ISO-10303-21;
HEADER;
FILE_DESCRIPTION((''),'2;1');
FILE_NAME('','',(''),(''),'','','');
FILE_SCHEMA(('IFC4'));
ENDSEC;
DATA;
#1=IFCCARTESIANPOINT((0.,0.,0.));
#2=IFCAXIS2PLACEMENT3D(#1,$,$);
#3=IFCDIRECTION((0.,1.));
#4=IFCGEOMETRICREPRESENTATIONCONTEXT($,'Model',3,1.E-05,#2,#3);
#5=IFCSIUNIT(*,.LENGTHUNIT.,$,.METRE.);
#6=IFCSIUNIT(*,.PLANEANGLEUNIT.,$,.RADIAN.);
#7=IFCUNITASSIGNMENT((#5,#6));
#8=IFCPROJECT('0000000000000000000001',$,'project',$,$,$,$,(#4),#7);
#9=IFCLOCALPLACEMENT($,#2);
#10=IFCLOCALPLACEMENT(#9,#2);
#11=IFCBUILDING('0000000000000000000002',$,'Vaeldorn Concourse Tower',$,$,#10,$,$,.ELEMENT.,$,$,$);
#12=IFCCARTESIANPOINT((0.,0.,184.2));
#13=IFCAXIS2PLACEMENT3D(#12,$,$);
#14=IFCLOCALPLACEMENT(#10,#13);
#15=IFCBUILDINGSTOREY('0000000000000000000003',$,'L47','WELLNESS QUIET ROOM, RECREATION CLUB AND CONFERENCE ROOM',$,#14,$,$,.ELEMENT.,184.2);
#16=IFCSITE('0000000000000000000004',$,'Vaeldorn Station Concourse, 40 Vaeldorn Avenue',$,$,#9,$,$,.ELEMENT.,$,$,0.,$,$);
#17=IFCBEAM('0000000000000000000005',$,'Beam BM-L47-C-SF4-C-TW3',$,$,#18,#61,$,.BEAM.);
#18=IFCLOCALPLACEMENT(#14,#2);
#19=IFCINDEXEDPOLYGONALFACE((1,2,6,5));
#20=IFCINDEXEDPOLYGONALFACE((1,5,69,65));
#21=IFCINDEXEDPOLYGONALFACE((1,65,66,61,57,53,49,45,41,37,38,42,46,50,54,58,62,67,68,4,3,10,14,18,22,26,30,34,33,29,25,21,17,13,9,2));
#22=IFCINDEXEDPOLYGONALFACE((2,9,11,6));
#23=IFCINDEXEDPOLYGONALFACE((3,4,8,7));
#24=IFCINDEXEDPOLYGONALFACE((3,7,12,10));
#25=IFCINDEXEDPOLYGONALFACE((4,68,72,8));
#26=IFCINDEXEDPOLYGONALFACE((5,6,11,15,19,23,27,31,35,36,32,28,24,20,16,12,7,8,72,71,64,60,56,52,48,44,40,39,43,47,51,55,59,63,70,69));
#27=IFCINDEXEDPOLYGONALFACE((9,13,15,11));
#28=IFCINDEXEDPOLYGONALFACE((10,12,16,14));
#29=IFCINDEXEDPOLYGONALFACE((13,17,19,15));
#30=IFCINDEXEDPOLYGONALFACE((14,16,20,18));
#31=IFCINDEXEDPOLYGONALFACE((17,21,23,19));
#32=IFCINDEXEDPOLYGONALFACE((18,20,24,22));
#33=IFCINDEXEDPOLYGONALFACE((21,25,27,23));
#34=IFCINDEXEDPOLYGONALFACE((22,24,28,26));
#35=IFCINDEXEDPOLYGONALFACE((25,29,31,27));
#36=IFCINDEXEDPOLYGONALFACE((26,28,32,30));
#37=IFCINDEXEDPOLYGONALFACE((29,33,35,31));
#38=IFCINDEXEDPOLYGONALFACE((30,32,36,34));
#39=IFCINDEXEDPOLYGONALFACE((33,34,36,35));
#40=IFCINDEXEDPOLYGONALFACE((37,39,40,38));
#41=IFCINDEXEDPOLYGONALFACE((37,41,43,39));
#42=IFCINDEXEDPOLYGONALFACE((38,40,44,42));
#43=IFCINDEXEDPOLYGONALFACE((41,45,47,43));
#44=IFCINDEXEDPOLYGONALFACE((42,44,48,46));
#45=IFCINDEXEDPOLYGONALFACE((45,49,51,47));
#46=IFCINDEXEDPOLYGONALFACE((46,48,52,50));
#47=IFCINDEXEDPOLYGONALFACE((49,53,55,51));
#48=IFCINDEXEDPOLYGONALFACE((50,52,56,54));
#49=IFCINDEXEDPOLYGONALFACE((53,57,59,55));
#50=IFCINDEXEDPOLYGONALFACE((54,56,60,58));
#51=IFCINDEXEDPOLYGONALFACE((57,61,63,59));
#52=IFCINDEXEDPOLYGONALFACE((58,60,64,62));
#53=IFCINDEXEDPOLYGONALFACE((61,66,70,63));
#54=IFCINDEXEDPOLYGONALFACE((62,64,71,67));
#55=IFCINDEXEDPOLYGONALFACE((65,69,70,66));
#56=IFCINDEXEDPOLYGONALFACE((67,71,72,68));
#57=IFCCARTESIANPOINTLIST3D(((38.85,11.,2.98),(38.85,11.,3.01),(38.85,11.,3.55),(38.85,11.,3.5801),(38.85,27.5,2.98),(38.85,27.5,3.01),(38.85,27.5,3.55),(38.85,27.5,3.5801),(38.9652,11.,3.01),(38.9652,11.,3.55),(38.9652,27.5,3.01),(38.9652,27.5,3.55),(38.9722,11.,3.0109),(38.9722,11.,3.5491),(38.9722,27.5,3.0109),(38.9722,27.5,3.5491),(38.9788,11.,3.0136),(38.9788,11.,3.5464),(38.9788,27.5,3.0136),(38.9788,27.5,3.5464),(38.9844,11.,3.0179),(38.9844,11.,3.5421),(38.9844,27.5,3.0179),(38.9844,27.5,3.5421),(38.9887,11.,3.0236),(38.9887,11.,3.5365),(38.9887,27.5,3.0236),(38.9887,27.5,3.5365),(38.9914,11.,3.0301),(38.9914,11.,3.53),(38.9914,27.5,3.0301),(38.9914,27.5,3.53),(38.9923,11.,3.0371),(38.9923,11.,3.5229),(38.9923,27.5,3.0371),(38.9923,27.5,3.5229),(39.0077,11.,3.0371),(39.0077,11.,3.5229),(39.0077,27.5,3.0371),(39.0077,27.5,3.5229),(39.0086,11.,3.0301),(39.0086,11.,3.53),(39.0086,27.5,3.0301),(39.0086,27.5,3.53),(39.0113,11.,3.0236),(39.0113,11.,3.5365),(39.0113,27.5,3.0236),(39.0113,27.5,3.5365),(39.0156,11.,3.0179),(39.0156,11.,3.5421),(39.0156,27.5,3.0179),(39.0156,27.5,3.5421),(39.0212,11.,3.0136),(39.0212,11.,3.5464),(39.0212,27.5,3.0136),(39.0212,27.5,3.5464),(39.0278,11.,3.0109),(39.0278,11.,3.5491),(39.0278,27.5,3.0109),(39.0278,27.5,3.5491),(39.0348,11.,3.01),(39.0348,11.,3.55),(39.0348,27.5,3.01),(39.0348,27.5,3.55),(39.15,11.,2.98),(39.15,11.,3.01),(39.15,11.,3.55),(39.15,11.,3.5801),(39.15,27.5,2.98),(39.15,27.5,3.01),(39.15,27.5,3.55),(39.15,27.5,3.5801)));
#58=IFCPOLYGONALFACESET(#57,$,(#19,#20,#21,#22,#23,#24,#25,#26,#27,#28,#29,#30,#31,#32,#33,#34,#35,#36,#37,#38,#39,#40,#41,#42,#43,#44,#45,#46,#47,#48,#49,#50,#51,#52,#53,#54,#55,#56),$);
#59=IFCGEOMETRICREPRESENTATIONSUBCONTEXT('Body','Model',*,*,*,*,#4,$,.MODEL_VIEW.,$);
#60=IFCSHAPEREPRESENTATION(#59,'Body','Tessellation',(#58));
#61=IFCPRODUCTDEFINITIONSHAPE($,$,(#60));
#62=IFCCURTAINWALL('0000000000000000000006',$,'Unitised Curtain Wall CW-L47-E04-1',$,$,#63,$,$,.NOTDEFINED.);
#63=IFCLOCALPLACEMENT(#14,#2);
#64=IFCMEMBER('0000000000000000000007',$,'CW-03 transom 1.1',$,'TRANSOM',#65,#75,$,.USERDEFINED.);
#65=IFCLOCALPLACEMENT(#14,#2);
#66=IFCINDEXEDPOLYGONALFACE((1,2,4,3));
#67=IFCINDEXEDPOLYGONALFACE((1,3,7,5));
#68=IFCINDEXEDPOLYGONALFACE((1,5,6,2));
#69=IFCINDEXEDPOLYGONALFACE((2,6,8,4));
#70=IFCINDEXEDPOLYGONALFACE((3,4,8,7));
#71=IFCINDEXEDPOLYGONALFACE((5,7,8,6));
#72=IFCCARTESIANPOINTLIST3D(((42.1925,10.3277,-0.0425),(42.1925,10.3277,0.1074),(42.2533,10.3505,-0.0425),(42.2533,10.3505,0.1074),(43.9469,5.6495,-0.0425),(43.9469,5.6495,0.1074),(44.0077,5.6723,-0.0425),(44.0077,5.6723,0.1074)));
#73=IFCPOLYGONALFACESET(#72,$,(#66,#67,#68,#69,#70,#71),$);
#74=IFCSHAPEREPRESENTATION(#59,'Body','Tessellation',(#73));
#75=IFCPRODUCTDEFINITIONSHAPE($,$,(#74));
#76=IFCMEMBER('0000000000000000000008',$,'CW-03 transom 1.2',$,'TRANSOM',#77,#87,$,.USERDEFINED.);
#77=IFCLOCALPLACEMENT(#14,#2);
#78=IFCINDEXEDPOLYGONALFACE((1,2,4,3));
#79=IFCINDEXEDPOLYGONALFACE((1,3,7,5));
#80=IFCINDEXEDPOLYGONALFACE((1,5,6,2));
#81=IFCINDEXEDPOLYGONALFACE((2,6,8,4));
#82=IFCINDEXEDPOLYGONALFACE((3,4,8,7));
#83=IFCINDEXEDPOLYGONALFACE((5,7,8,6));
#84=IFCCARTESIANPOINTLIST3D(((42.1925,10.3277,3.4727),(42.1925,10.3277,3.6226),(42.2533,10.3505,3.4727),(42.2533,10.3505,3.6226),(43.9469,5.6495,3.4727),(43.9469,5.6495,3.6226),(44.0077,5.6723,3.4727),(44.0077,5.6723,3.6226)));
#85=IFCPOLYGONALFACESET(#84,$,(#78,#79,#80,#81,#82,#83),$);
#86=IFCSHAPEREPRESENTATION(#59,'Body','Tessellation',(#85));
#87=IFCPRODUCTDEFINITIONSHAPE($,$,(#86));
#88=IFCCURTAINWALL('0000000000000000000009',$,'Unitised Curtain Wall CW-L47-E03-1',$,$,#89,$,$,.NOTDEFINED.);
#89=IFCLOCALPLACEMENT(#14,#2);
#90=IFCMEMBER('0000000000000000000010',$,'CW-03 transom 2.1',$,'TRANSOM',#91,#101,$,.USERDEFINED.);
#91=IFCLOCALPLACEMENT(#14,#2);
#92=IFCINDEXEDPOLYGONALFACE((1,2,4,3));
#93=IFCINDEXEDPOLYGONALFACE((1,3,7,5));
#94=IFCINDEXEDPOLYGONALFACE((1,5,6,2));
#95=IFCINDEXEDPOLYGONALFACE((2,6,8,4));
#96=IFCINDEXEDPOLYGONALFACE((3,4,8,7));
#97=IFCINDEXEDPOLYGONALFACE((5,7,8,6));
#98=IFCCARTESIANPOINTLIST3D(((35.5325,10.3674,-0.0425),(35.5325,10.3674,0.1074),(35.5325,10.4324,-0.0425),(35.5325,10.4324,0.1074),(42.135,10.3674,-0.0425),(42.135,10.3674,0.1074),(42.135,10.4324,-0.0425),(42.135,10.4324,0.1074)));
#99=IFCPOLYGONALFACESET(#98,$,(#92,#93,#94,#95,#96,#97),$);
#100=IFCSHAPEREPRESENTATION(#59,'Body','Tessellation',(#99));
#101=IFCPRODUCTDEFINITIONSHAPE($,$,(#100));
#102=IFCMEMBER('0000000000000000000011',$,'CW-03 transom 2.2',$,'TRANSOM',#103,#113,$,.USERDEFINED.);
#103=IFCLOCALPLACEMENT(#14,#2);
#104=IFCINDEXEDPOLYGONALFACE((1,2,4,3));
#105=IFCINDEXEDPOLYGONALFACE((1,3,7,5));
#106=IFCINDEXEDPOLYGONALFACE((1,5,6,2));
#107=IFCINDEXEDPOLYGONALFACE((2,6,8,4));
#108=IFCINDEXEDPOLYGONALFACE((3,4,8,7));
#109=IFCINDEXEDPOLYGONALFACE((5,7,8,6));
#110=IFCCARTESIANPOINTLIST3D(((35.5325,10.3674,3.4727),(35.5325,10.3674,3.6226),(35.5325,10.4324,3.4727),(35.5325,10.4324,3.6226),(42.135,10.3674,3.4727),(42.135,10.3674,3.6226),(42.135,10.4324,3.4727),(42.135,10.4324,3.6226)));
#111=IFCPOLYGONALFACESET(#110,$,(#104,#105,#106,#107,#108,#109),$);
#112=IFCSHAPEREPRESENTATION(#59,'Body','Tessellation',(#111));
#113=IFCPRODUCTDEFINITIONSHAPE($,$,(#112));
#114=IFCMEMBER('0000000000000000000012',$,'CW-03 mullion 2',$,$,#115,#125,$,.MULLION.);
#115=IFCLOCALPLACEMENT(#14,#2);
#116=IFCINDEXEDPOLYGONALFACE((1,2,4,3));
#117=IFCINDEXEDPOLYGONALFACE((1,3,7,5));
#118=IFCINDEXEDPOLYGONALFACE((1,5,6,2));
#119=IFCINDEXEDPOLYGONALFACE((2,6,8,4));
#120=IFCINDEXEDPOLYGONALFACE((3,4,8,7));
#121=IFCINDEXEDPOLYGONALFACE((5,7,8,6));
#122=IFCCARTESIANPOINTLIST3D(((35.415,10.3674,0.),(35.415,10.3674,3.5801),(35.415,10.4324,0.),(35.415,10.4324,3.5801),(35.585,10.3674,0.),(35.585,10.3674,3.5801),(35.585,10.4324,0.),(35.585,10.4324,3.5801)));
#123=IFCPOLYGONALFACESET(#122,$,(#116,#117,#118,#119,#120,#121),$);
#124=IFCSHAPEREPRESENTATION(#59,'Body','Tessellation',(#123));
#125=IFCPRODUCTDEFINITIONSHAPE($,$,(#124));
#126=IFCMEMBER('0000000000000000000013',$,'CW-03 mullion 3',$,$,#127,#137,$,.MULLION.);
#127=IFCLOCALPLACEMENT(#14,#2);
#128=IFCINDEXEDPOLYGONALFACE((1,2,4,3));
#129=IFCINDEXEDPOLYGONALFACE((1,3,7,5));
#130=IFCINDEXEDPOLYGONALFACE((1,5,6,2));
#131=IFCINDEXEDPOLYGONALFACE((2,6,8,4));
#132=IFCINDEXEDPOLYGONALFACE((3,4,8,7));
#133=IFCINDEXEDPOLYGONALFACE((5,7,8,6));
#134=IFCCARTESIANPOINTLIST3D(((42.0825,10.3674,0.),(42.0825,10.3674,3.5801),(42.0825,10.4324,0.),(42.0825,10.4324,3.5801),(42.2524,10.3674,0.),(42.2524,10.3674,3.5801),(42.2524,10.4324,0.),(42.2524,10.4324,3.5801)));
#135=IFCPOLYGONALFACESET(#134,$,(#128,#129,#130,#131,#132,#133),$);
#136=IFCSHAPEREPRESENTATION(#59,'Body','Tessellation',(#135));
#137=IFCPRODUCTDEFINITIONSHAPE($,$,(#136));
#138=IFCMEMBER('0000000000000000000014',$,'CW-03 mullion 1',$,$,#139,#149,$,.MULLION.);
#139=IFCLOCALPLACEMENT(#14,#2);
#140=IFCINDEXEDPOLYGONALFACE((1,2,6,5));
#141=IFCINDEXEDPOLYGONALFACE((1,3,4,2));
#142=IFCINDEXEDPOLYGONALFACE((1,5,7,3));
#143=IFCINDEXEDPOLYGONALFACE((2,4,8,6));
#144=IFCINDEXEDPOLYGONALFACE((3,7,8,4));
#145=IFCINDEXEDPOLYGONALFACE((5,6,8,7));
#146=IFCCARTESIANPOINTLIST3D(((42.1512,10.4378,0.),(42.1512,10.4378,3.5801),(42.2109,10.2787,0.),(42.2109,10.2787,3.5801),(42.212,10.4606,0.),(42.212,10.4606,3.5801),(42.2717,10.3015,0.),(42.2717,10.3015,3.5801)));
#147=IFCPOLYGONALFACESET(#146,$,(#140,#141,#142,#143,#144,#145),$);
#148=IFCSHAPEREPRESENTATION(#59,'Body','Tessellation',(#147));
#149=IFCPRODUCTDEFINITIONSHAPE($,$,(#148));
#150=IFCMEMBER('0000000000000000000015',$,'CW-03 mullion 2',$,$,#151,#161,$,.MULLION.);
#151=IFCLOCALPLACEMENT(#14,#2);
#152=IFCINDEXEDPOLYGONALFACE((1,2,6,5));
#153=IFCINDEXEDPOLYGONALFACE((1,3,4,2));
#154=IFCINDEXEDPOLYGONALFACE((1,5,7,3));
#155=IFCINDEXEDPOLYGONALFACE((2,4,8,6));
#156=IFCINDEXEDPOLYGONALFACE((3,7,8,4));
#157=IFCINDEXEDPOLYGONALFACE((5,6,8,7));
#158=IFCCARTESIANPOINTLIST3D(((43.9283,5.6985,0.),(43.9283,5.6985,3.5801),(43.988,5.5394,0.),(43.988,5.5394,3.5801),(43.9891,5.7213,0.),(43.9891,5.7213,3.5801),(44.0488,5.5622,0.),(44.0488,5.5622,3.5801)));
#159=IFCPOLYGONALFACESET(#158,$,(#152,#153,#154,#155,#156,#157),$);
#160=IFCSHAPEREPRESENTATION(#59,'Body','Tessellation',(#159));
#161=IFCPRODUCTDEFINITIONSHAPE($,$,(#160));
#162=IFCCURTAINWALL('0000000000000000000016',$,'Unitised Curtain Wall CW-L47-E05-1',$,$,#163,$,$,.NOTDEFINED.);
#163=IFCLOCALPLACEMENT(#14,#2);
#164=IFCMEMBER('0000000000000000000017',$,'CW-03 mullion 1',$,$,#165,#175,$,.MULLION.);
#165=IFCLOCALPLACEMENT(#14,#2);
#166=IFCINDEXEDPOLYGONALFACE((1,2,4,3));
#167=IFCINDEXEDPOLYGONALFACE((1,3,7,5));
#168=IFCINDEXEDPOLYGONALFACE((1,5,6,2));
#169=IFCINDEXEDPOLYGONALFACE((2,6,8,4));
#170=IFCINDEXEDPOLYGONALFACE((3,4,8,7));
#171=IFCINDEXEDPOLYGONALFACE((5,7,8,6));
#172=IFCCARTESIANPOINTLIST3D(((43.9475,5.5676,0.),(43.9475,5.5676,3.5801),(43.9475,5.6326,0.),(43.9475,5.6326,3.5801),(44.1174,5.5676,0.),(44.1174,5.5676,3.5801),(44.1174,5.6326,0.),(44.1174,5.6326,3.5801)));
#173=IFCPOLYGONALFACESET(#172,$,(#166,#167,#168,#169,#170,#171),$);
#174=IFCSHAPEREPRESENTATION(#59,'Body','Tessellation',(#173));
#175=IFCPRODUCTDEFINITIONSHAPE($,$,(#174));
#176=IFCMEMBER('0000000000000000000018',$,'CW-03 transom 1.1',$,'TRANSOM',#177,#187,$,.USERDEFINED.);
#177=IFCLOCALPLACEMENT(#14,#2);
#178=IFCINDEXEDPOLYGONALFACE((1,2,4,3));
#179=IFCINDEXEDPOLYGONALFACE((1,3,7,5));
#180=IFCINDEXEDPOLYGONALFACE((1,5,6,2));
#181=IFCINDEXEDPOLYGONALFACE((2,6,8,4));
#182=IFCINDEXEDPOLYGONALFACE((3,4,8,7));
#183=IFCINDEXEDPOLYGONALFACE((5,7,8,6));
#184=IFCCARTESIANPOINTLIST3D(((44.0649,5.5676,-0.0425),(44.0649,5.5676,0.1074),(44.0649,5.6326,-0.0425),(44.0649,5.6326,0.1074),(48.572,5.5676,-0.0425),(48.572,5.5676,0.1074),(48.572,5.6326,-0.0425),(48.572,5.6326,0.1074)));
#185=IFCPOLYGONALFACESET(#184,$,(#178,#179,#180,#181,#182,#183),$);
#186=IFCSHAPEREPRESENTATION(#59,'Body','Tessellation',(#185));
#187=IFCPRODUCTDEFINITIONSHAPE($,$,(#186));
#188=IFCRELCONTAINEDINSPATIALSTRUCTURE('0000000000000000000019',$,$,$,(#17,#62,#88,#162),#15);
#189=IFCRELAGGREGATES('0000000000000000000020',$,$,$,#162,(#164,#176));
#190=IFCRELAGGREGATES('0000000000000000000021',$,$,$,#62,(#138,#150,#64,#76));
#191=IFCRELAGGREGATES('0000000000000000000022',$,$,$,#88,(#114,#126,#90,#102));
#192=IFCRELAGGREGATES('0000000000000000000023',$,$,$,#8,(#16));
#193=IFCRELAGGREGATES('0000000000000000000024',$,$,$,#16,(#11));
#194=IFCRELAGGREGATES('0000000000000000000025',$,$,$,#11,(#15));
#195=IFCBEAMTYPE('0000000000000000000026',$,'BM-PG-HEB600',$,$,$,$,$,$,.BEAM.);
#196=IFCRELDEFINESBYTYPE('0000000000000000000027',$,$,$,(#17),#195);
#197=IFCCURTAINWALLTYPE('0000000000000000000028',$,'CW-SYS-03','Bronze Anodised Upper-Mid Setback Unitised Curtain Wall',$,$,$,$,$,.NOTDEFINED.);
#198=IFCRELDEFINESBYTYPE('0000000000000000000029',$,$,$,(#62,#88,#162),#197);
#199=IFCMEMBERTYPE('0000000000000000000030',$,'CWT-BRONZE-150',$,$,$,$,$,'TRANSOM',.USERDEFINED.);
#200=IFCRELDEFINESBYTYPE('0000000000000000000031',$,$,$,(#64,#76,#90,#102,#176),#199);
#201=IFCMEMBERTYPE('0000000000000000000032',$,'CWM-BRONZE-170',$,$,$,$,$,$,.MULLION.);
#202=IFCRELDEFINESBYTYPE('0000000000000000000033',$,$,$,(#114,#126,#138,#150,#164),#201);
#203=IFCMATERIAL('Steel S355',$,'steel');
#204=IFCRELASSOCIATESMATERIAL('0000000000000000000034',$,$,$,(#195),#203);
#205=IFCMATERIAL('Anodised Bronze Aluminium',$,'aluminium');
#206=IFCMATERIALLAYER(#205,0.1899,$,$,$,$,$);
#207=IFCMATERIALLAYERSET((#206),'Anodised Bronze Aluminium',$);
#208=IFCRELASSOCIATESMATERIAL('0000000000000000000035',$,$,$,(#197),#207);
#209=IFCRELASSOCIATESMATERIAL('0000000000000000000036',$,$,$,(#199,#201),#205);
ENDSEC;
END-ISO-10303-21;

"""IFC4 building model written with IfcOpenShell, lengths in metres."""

from ifc_helpers import new_model, si_unit, direction, frame, origin, origin_2d, place, context, subcontext, project, spatial, rectangle, i_section, extrude, source, transform, mapped, material, layer, layer_set, material_profile, profile_set, type_object, element, aggregate, save


model = new_model("IFC4")

# Units and contexts
model_context = context("Model", 3, precision=1e-05, world=origin(), true_north=direction((0.0, 1.0)))
body_context = subcontext(model_context, "Body", "Model", "MODEL_VIEW")
ifc_project = project(units=[si_unit("LENGTHUNIT", "METRE"), si_unit("PLANEANGLEUNIT", "RADIAN")], contexts=[model_context])

# Site, building, storey
site_placement = place(None, origin())
site = spatial("IfcSite", under=ifc_project, at=site_placement, Name="Vaeldorn Station Concourse, 40 Vaeldorn Avenue", CompositionType="ELEMENT", RefElevation=0.0)
building_placement = place(site_placement, origin())
building = spatial("IfcBuilding", under=site, at=building_placement, Name="Vaeldorn Concourse Tower", CompositionType="ELEMENT")
storey_placement = place(building_placement, frame((0.0, 0.0, 184.2)))
storey = spatial("IfcBuildingStorey", under=building, at=storey_placement, Name="L47", Description="WELLNESS QUIET ROOM, RECREATION CLUB AND CONFERENCE ROOM", CompositionType="ELEMENT", Elevation=184.2)

# Shared definitions
ifc_material_1 = material(Name="Steel S355", Category="steel")

# Beam
ifc_material_profile_1 = material_profile(ifc_material_1, i_section(OverallWidth=0.3, OverallDepth=0.6001, WebThickness=0.0154, FlangeThickness=0.03, FilletRadius=0.0271, at=origin_2d()), Name="HEB 600")
ifc_profile_set_1 = profile_set([ifc_material_profile_1], Name="Steel S355")
beam_type_1 = type_object("IfcBeamType", Name="BM-PG-HEB600", PredefinedType="BEAM", material=ifc_profile_set_1)
shared_shape_1 = source(origin(), body_context, "Body", "SweptSolid", [
    extrude(i_section(OverallWidth=0.3, OverallDepth=0.6001, WebThickness=0.0154, FlangeThickness=0.03, FilletRadius=0.0271, at=origin_2d()), origin(), (0.0, 0.0, 1.0), 16.5),
])
beam_1_placement = place(storey_placement, frame((39.0, 11.0, 3.28), z_axis=(0.0, 1.0, 0.0), x_axis=(-1.0, 0.0, 0.0)))
element("IfcBeam", 1, at=beam_1_placement, inside=storey, type_object=beam_type_1, Name="Beam BM-L47-C-SF4-C-TW3", PredefinedType="BEAM", context=body_context, shape_type="MappedRepresentation", body=[
    mapped(shared_shape_1, transform((0.0, 0.0, 0.0), scale=1.0)),
])

# Curtain walls, members
ifc_material_2 = material(Name="Anodised Bronze Aluminium", Category="aluminium")
ifc_layer_1 = layer(ifc_material_2, 0.1899)
ifc_layer_set_1 = layer_set([ifc_layer_1], Name="Anodised Bronze Aluminium")
curtain_wall_type = type_object("IfcCurtainWallType", Name="CW-SYS-03", Description="Bronze Anodised Upper-Mid Setback Unitised Curtain Wall", PredefinedType="NOTDEFINED", material=ifc_layer_set_1)
curtain_wall_1_placement = place(storey_placement, origin())
curtain_wall_1 = element("IfcCurtainWall", 2, at=curtain_wall_1_placement, inside=storey, type_object=curtain_wall_type, Name="Unitised Curtain Wall CW-L47-E04-1", PredefinedType="NOTDEFINED")
ifc_material_profile_2 = material_profile(ifc_material_2, rectangle(XDim=0.0649, YDim=0.1499, at=origin_2d()), Name="CWT 65x150")
ifc_profile_set_2 = profile_set([ifc_material_profile_2], Name="Anodised Bronze Aluminium")
member_type_1 = type_object("IfcMemberType", Name="CWT-BRONZE-150", ElementType="TRANSOM", PredefinedType="USERDEFINED", material=ifc_profile_set_2)
shared_shape_2 = source(origin(), body_context, "Body", "SweptSolid", [
    extrude(rectangle(XDim=0.0649, YDim=0.1499, at=origin_2d()), origin(), (0.0, 0.0, 1.0), 4.9963),
])
member_1_placement = place(storey_placement, frame((42.2229, 10.3391, 0.0325), z_axis=(0.351134, -0.936325, 0.0), x_axis=(0.936325, 0.351134, 0.0)))
member_1 = element("IfcMember", 3, at=member_1_placement, type_object=member_type_1, Name="CW-03 transom 1.1", ObjectType="TRANSOM", PredefinedType="USERDEFINED", context=body_context, shape_type="MappedRepresentation", body=[
    mapped(shared_shape_2, transform((0.0, 0.0, 0.0), scale=1.0)),
])
member_2_placement = place(storey_placement, frame((42.2229, 10.3391, 3.5476), z_axis=(0.351134, -0.936325, 0.0), x_axis=(0.936325, 0.351134, 0.0)))
member_2 = element("IfcMember", 4, at=member_2_placement, type_object=member_type_1, Name="CW-03 transom 1.2", ObjectType="TRANSOM", PredefinedType="USERDEFINED", context=body_context, shape_type="MappedRepresentation", body=[
    mapped(shared_shape_2, transform((0.0, 0.0, 0.0), scale=1.0)),
])
curtain_wall_2_placement = place(storey_placement, origin())
curtain_wall_2 = element("IfcCurtainWall", 5, at=curtain_wall_2_placement, inside=storey, type_object=curtain_wall_type, Name="Unitised Curtain Wall CW-L47-E03-1", PredefinedType="NOTDEFINED")
shared_shape_3 = source(origin(), body_context, "Body", "SweptSolid", [
    extrude(rectangle(XDim=0.0649, YDim=0.1499, at=origin_2d()), origin(), (0.0, 0.0, 1.0), 6.6025),
])
member_3_placement = place(storey_placement, frame((35.5325, 10.3999, 0.0325), z_axis=(1.0, 0.0, 0.0), x_axis=(0.0, 1.0, 0.0)))
member_3 = element("IfcMember", 6, at=member_3_placement, type_object=member_type_1, Name="CW-03 transom 2.1", ObjectType="TRANSOM", PredefinedType="USERDEFINED", context=body_context, shape_type="MappedRepresentation", body=[
    mapped(shared_shape_3, transform((0.0, 0.0, 0.0), scale=1.0)),
])
member_4_placement = place(storey_placement, frame((35.5325, 10.3999, 3.5476), z_axis=(1.0, 0.0, 0.0), x_axis=(0.0, 1.0, 0.0)))
member_4 = element("IfcMember", 7, at=member_4_placement, type_object=member_type_1, Name="CW-03 transom 2.2", ObjectType="TRANSOM", PredefinedType="USERDEFINED", context=body_context, shape_type="MappedRepresentation", body=[
    mapped(shared_shape_3, transform((0.0, 0.0, 0.0), scale=1.0)),
])
ifc_material_profile_3 = material_profile(ifc_material_2, rectangle(XDim=0.0649, YDim=0.1699, at=origin_2d()), Name="CWM 65x170")
ifc_profile_set_3 = profile_set([ifc_material_profile_3], Name="Anodised Bronze Aluminium")
member_type_2 = type_object("IfcMemberType", Name="CWM-BRONZE-170", PredefinedType="MULLION", material=ifc_profile_set_3)
shared_shape_4 = source(origin(), body_context, "Body", "SweptSolid", [
    extrude(rectangle(XDim=0.0649, YDim=0.1699, at=origin_2d()), origin(), (0.0, 0.0, 1.0), 3.5801),
])
member_5_placement = place(storey_placement, frame((35.5, 10.3999, 0.0), z_axis=(0.0, 0.0, 1.0), x_axis=(0.0, 1.0, 0.0)))
member_5 = element("IfcMember", 8, at=member_5_placement, type_object=member_type_2, Name="CW-03 mullion 2", PredefinedType="MULLION", context=body_context, shape_type="MappedRepresentation", body=[
    mapped(shared_shape_4, transform((0.0, 0.0, 0.0), scale=1.0)),
])
member_6_placement = place(storey_placement, frame((42.1675, 10.3999, 0.0), z_axis=(0.0, 0.0, 1.0), x_axis=(0.0, 1.0, 0.0)))
member_6 = element("IfcMember", 9, at=member_6_placement, type_object=member_type_2, Name="CW-03 mullion 3", PredefinedType="MULLION", context=body_context, shape_type="MappedRepresentation", body=[
    mapped(shared_shape_4, transform((0.0, 0.0, 0.0), scale=1.0)),
])

# Members
member_7_placement = place(storey_placement, frame((42.2114, 10.3696, 0.0), z_axis=(0.0, 0.0, 1.0), x_axis=(0.936329, 0.351123, 0.0)))
member_7 = element("IfcMember", 10, at=member_7_placement, type_object=member_type_2, Name="CW-03 mullion 1", PredefinedType="MULLION", context=body_context, shape_type="MappedRepresentation", body=[
    mapped(shared_shape_4, transform((0.0, 0.0, 0.0), scale=1.0)),
])
member_8_placement = place(storey_placement, frame((43.9885, 5.6304, 0.0), z_axis=(0.0, 0.0, 1.0), x_axis=(0.936329, 0.351123, 0.0)))
member_8 = element("IfcMember", 11, at=member_8_placement, type_object=member_type_2, Name="CW-03 mullion 2", PredefinedType="MULLION", context=body_context, shape_type="MappedRepresentation", body=[
    mapped(shared_shape_4, transform((0.0, 0.0, 0.0), scale=1.0)),
])

# Curtain wall, members
curtain_wall_3_placement = place(storey_placement, origin())
curtain_wall_3 = element("IfcCurtainWall", 12, at=curtain_wall_3_placement, inside=storey, type_object=curtain_wall_type, Name="Unitised Curtain Wall CW-L47-E05-1", PredefinedType="NOTDEFINED")
member_9_placement = place(storey_placement, frame((44.0325, 5.6001, 0.0), z_axis=(0.0, 0.0, 1.0), x_axis=(0.0, 1.0, 0.0)))
member_9 = element("IfcMember", 13, at=member_9_placement, type_object=member_type_2, Name="CW-03 mullion 1", PredefinedType="MULLION", context=body_context, shape_type="MappedRepresentation", body=[
    mapped(shared_shape_4, transform((0.0, 0.0, 0.0), scale=1.0)),
])
shared_shape_5 = source(origin(), body_context, "Body", "SweptSolid", [
    extrude(rectangle(XDim=0.0649, YDim=0.1499, at=origin_2d()), origin(), (0.0, 0.0, 1.0), 4.5071),
])
member_10_placement = place(storey_placement, frame((44.0649, 5.6001, 0.0325), z_axis=(1.0, 0.0, 0.0), x_axis=(0.0, 1.0, 0.0)))
member_10 = element("IfcMember", 14, at=member_10_placement, type_object=member_type_1, Name="CW-03 transom 1.1", ObjectType="TRANSOM", PredefinedType="USERDEFINED", context=body_context, shape_type="MappedRepresentation", body=[
    mapped(shared_shape_5, transform((0.0, 0.0, 0.0), scale=1.0)),
])
aggregate(curtain_wall_3, [member_9, member_10])

aggregate(curtain_wall_1, [member_7, member_8, member_1, member_2])
aggregate(curtain_wall_2, [member_5, member_6, member_3, member_4])

save(model, "model.ifc")
